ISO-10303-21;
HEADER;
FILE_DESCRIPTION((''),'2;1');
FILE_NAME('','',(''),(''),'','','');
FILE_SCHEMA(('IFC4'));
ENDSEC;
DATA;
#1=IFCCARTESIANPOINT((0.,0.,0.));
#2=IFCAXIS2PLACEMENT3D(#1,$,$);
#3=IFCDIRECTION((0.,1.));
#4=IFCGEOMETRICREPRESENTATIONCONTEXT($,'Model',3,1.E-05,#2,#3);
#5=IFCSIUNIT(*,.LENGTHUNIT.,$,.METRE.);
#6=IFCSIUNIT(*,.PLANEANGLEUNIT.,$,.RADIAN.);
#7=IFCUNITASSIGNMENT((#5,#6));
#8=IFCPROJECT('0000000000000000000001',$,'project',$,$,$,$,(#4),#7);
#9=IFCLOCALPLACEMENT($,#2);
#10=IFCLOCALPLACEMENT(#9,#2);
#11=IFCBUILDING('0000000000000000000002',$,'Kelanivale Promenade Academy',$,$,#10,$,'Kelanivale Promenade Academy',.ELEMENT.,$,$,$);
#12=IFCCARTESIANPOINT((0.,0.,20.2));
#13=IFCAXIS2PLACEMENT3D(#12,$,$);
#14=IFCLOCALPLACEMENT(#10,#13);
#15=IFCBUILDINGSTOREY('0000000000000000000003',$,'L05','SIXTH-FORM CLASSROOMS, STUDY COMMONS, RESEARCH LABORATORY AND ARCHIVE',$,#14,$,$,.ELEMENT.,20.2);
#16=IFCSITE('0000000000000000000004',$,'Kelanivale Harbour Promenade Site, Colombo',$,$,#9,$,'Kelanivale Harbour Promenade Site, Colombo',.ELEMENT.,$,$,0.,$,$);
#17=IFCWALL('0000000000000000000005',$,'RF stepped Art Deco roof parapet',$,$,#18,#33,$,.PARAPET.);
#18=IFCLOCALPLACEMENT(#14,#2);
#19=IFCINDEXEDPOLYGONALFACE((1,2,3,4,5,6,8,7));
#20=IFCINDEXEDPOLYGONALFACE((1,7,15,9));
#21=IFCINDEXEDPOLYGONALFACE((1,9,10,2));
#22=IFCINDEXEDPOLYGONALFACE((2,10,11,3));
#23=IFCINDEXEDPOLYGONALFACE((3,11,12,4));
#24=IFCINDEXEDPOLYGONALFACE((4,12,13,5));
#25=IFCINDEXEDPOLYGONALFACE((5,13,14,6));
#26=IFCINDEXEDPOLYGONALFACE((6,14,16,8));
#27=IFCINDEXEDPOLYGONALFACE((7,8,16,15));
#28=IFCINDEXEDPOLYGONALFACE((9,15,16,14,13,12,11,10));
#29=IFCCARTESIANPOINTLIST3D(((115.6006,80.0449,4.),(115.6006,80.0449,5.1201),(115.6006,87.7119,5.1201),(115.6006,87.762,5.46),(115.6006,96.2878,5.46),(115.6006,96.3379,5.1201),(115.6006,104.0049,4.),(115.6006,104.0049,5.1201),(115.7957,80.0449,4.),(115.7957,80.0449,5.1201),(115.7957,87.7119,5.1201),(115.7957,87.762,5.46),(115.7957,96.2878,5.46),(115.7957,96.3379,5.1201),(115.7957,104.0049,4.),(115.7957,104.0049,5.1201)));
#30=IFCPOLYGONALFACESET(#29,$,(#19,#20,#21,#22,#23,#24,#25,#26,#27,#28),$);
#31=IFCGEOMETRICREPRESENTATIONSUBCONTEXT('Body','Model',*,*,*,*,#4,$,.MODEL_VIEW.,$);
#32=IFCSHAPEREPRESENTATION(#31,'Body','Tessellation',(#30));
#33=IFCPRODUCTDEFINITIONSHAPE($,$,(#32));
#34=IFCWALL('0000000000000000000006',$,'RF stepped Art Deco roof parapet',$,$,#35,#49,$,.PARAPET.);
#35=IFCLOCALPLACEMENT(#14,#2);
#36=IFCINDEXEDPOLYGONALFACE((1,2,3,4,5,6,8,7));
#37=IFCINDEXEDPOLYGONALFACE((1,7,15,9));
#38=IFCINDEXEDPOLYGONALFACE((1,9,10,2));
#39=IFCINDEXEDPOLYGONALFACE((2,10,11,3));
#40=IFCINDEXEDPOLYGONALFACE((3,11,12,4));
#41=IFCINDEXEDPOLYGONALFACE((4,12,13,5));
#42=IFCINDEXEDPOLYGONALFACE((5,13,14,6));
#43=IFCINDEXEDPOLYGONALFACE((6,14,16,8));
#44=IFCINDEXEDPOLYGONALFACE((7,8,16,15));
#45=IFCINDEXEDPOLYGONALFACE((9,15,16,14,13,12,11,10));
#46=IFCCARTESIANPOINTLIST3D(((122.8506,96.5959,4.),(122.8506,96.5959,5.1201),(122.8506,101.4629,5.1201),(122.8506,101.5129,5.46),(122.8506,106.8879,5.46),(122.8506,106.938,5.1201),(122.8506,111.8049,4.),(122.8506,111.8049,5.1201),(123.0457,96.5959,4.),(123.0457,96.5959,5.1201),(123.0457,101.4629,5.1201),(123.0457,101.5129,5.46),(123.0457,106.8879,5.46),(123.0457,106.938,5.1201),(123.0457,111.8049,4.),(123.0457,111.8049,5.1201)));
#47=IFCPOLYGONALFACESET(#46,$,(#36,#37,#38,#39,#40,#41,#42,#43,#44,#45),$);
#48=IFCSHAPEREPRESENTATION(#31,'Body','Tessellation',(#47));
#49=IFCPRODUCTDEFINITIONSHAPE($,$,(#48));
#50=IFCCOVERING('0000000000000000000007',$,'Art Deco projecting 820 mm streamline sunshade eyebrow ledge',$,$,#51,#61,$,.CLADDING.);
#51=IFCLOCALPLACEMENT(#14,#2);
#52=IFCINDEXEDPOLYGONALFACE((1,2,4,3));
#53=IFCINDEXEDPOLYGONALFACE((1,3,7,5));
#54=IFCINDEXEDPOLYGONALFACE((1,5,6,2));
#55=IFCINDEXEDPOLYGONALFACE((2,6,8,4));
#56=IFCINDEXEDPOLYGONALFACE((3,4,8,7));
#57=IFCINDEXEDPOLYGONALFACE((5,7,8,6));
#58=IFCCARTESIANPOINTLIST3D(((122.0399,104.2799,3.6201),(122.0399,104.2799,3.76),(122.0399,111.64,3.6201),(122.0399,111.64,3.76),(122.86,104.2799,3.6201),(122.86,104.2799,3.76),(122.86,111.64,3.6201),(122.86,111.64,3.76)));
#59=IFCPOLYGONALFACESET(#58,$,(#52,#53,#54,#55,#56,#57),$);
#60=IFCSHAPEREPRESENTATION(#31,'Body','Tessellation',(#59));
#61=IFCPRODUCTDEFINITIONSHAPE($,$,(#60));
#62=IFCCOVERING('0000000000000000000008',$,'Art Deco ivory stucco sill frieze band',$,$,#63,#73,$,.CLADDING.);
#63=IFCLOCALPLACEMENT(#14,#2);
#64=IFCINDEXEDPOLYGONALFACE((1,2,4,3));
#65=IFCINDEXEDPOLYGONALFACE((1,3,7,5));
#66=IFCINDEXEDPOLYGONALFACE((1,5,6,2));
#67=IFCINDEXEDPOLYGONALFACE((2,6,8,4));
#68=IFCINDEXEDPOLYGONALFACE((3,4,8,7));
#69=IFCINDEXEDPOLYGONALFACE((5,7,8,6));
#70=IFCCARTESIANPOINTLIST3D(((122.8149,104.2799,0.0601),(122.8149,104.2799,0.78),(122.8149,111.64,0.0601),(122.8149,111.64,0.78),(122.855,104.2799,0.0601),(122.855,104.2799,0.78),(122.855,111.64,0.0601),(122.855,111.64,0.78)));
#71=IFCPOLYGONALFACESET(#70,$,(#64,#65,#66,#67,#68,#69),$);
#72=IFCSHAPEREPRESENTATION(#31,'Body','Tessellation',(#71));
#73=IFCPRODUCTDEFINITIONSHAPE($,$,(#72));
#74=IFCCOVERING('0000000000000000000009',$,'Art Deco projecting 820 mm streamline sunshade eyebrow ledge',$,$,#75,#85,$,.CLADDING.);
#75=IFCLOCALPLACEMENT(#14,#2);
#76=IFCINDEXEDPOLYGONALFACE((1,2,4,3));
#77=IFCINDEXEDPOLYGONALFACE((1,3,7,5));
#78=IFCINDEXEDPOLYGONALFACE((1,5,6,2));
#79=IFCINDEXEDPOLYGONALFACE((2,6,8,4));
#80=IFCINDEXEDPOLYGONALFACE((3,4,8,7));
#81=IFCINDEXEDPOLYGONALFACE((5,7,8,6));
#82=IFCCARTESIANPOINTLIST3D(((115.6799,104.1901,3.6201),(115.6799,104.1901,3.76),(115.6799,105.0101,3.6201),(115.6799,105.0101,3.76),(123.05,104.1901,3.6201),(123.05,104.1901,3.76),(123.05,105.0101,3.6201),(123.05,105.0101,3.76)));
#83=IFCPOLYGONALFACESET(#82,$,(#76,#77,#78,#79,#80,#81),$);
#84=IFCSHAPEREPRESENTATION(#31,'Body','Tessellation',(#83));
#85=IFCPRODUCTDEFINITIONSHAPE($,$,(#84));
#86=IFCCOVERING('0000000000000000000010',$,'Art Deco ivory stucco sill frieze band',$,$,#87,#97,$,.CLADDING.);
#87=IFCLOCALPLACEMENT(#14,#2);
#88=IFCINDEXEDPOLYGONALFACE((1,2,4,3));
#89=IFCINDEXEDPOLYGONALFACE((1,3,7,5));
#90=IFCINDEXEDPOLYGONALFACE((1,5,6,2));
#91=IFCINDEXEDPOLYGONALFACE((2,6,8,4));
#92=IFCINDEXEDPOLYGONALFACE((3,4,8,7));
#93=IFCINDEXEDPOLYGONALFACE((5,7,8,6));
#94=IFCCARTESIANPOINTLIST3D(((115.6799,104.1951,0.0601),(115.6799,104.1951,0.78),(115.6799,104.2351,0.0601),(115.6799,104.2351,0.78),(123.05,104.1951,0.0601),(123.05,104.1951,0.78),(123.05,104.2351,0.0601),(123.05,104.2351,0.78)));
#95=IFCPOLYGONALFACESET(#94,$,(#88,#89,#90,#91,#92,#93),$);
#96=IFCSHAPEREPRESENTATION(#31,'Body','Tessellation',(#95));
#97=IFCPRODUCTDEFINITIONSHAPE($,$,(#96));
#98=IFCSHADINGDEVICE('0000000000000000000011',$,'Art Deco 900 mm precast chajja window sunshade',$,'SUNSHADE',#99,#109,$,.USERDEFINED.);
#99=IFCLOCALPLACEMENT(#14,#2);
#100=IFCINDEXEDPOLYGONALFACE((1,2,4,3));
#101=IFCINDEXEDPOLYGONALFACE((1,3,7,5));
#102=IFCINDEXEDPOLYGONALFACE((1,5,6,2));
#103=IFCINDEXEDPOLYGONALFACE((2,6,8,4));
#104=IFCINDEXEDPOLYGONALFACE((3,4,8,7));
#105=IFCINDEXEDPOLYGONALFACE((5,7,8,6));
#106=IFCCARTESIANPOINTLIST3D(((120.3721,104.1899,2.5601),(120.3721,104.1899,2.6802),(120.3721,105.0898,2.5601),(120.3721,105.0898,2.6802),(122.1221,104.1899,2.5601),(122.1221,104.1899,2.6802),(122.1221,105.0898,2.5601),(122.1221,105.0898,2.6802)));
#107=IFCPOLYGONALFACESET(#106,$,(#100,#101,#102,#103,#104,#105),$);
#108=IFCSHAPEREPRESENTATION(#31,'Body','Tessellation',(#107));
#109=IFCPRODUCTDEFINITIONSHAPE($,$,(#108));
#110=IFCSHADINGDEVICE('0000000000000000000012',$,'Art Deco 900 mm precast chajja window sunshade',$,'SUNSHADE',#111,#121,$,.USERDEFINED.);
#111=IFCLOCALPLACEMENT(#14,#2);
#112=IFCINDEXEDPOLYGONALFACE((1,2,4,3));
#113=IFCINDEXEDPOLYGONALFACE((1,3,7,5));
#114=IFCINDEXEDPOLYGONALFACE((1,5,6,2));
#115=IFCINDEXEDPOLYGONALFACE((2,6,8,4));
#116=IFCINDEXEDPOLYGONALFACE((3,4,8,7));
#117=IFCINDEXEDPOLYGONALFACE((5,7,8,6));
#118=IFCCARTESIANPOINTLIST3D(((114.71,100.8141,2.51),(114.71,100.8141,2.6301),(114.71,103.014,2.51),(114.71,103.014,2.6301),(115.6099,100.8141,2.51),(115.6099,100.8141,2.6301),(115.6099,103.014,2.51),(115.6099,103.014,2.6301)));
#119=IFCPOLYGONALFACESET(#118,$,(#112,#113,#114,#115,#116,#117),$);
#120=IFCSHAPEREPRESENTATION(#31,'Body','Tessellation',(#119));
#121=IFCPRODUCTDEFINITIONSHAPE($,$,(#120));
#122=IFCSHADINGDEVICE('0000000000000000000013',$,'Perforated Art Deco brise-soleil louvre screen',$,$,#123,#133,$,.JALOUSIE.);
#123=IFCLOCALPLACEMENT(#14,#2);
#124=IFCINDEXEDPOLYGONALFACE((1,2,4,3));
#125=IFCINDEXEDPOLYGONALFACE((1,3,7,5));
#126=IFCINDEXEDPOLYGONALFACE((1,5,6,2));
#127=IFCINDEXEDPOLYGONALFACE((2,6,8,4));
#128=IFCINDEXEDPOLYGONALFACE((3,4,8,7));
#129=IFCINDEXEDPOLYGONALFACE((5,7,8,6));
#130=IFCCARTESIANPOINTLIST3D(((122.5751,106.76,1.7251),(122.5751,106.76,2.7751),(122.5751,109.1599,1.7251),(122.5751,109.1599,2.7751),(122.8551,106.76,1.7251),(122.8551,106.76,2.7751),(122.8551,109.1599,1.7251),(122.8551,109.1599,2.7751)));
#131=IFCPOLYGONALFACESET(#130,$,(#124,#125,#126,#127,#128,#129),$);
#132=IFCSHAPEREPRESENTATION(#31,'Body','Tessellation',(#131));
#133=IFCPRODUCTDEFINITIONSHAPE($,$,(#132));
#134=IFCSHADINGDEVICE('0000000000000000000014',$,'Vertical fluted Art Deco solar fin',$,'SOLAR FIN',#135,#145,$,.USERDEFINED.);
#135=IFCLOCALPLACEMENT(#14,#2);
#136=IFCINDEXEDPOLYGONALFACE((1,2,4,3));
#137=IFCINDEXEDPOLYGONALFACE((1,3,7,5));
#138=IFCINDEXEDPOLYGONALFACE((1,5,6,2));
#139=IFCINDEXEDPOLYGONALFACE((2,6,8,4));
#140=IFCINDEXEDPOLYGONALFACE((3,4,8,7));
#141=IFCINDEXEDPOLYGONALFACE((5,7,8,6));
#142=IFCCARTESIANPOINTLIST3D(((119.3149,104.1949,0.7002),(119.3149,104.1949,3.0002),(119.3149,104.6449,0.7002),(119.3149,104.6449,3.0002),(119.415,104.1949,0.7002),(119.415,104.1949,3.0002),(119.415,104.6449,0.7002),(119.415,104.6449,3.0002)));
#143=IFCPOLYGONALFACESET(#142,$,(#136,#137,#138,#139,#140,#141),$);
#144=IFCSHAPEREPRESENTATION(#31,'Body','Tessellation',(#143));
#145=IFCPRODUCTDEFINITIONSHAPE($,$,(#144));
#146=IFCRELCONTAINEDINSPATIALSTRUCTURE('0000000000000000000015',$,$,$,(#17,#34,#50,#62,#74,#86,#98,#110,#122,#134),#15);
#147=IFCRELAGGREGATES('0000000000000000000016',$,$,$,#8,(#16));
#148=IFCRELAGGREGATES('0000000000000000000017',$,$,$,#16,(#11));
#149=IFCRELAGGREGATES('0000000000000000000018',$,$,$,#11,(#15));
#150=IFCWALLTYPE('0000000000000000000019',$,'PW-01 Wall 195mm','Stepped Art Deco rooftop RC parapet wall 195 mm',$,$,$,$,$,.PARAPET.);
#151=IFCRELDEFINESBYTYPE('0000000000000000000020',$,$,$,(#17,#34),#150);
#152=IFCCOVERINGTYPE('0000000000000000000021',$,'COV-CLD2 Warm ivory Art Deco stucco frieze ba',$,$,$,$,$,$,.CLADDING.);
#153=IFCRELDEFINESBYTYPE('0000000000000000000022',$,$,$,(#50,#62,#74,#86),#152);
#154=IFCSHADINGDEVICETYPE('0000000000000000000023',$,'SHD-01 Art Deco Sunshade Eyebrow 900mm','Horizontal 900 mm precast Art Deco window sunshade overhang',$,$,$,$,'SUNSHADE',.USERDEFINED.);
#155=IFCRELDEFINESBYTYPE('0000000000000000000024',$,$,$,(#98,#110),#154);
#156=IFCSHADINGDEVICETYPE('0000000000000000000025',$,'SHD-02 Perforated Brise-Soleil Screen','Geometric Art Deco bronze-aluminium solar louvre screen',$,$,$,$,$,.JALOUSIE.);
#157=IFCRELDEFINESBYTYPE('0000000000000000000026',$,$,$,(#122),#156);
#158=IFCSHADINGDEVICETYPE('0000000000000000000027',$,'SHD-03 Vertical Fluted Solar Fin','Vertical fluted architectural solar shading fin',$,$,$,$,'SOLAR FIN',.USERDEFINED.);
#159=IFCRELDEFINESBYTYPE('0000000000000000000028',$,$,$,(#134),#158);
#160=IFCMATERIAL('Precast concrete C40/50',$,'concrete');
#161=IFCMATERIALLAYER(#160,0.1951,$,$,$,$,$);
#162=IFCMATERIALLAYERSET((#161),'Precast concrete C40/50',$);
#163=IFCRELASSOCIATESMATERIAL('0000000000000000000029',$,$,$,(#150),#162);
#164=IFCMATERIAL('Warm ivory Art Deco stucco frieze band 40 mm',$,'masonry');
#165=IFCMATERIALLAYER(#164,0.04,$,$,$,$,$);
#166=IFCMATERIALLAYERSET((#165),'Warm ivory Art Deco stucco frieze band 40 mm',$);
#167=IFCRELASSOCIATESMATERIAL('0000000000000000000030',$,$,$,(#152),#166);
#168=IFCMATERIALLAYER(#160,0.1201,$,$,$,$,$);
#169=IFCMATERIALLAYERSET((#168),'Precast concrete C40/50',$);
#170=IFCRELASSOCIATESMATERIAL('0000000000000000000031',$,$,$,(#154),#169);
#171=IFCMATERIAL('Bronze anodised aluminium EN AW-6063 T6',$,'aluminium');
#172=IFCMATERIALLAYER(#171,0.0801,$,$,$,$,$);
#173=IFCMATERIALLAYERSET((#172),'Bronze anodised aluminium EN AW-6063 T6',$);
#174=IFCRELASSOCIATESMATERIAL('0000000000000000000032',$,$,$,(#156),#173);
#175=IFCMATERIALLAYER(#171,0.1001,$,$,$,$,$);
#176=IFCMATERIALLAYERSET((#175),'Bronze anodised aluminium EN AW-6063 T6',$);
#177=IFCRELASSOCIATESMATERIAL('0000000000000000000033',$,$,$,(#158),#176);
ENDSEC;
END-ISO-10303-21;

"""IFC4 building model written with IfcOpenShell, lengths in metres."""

from ifc_helpers import new_model, si_unit, direction, frame, origin, origin_2d, place, context, subcontext, project, spatial, polyline, rectangle, outline, extrude, material, layer, layer_set, type_object, element, save


model = new_model("IFC4")

# Units and contexts
model_context = context("Model", 3, precision=1e-05, world=origin(), true_north=direction((0.0, 1.0)))
body_context = subcontext(model_context, "Body", "Model", "MODEL_VIEW")
ifc_project = project(units=[si_unit("LENGTHUNIT", "METRE"), si_unit("PLANEANGLEUNIT", "RADIAN")], contexts=[model_context])

# Site, building, storey
site_placement = place(None, origin())
site = spatial("IfcSite", under=ifc_project, at=site_placement, Name="Kelanivale Harbour Promenade Site, Colombo", LongName="Kelanivale Harbour Promenade Site, Colombo", CompositionType="ELEMENT", RefElevation=0.0)
building_placement = place(site_placement, origin())
building = spatial("IfcBuilding", under=site, at=building_placement, Name="Kelanivale Promenade Academy", LongName="Kelanivale Promenade Academy", CompositionType="ELEMENT")
storey_placement = place(building_placement, frame((0.0, 0.0, 20.2)))
storey = spatial("IfcBuildingStorey", under=building, at=storey_placement, Name="L05", Description="SIXTH-FORM CLASSROOMS, STUDY COMMONS, RESEARCH LABORATORY AND ARCHIVE", CompositionType="ELEMENT", Elevation=20.2)

# Walls
ifc_material_1 = material(Name="Precast concrete C40/50", Category="concrete")
ifc_layer_1 = layer(ifc_material_1, 0.1951)
ifc_layer_set_1 = layer_set([ifc_layer_1], Name="Precast concrete C40/50")
wall_type_1 = type_object("IfcWallType", Name="PW-01 Wall 195mm", Description="Stepped Art Deco rooftop RC parapet wall 195 mm", PredefinedType="PARAPET", material=ifc_layer_set_1)
wall_1_placement = place(storey_placement, frame((115.698, 104.0049, 4.0), z_axis=(0.0, 0.0, 1.0), x_axis=(0.0, -1.0, 0.0)))
element("IfcWall", 1, at=wall_1_placement, inside=storey, type_object=wall_type_1, Name="RF stepped Art Deco roof parapet", PredefinedType="PARAPET", context=body_context, shape_type="SweptSolid", body=[
    extrude(outline(polyline([(0.0, 0.0), (23.96, 0.0), (23.96, 1.1201), (16.293, 1.1201), (16.2429, 1.46), (7.717, 1.46), (7.667, 1.1201), (0.0, 1.1201), (0.0, 0.0)])), frame((0.0, 0.0977, 0.0), z_axis=(0.0, -1.0, 0.0), x_axis=(1.0, 0.0, 0.0)), (0.0, 0.0, 1.0), 0.1951),
])
wall_2_placement = place(storey_placement, frame((122.948, 111.8049, 4.0), z_axis=(0.0, 0.0, 1.0), x_axis=(0.0, -1.0, 0.0)))
element("IfcWall", 2, at=wall_2_placement, inside=storey, type_object=wall_type_1, Name="RF stepped Art Deco roof parapet", PredefinedType="PARAPET", context=body_context, shape_type="SweptSolid", body=[
    extrude(outline(polyline([(0.0, 0.0), (15.209, 0.0), (15.209, 1.1201), (10.342, 1.1201), (10.292, 1.46), (4.917, 1.46), (4.8669, 1.1201), (0.0, 1.1201), (0.0, 0.0)])), frame((0.0, 0.0977, 0.0), z_axis=(0.0, -1.0, 0.0), x_axis=(1.0, 0.0, 0.0)), (0.0, 0.0, 1.0), 0.1951),
])

# Coverings
ifc_material_2 = material(Name="Warm ivory Art Deco stucco frieze band 40 mm", Category="masonry")
ifc_layer_2 = layer(ifc_material_2, 0.04)
ifc_layer_set_2 = layer_set([ifc_layer_2], Name="Warm ivory Art Deco stucco frieze band 40 mm")
covering_type = type_object("IfcCoveringType", Name="COV-CLD2 Warm ivory Art Deco stucco frieze ba", PredefinedType="CLADDING", material=ifc_layer_set_2)
covering_1_placement = place(storey_placement, frame((122.45, 107.96, 3.6201), z_axis=(0.0, 0.0, 1.0), x_axis=(0.0, -1.0, 0.0)))
element("IfcCovering", 3, at=covering_1_placement, inside=storey, type_object=covering_type, Name="Art Deco projecting 820 mm streamline sunshade eyebrow ledge", PredefinedType="CLADDING", context=body_context, shape_type="SweptSolid", body=[
    extrude(rectangle(XDim=7.3601, YDim=0.8201, at=origin_2d()), origin(), (0.0, 0.0, 1.0), 0.1399),
])
covering_2_placement = place(storey_placement, frame((122.835, 107.96, 0.0601), z_axis=(0.0, 0.0, 1.0), x_axis=(0.0, -1.0, 0.0)))
element("IfcCovering", 4, at=covering_2_placement, inside=storey, type_object=covering_type, Name="Art Deco ivory stucco sill frieze band", PredefinedType="CLADDING", context=body_context, shape_type="SweptSolid", body=[
    extrude(rectangle(XDim=7.3601, YDim=0.04, at=origin_2d()), origin(), (0.0, 0.0, 1.0), 0.72),
])
covering_3_placement = place(storey_placement, frame((119.365, 104.6001, 3.6201), z_axis=(0.0, 0.0, 1.0), x_axis=(-1.0, 0.0, 0.0)))
element("IfcCovering", 5, at=covering_3_placement, inside=storey, type_object=covering_type, Name="Art Deco projecting 820 mm streamline sunshade eyebrow ledge", PredefinedType="CLADDING", context=body_context, shape_type="SweptSolid", body=[
    extrude(rectangle(XDim=7.3701, YDim=0.8201, at=origin_2d()), origin(), (0.0, 0.0, 1.0), 0.1399),
])
covering_4_placement = place(storey_placement, frame((119.365, 104.2151, 0.0601), z_axis=(0.0, 0.0, 1.0), x_axis=(-1.0, 0.0, 0.0)))
element("IfcCovering", 6, at=covering_4_placement, inside=storey, type_object=covering_type, Name="Art Deco ivory stucco sill frieze band", PredefinedType="CLADDING", context=body_context, shape_type="SweptSolid", body=[
    extrude(rectangle(XDim=7.3701, YDim=0.04, at=origin_2d()), origin(), (0.0, 0.0, 1.0), 0.72),
])

# Shading devices
ifc_layer_3 = layer(ifc_material_1, 0.1201)
ifc_layer_set_3 = layer_set([ifc_layer_3], Name="Precast concrete C40/50")
shading_device_type_1 = type_object("IfcShadingDeviceType", Name="SHD-01 Art Deco Sunshade Eyebrow 900mm", Description="Horizontal 900 mm precast Art Deco window sunshade overhang", ElementType="SUNSHADE", PredefinedType="USERDEFINED", material=ifc_layer_set_3)
shading_device_1_placement = place(storey_placement, frame((121.2471, 104.6399, 2.5601), z_axis=(0.0, 0.0, 1.0), x_axis=(-1.0, 0.0, 0.0)))
element("IfcShadingDevice", 7, at=shading_device_1_placement, inside=storey, type_object=shading_device_type_1, Name="Art Deco 900 mm precast chajja window sunshade", ObjectType="SUNSHADE", PredefinedType="USERDEFINED", context=body_context, shape_type="SweptSolid", body=[
    extrude(rectangle(XDim=1.75, YDim=0.8999, at=origin_2d()), origin(), (0.0, 0.0, 1.0), 0.1201),
])
shading_device_2_placement = place(storey_placement, frame((115.1599, 101.9141, 2.51), z_axis=(0.0, 0.0, 1.0), x_axis=(0.0, -1.0, 0.0)))
element("IfcShadingDevice", 8, at=shading_device_2_placement, inside=storey, type_object=shading_device_type_1, Name="Art Deco 900 mm precast chajja window sunshade", ObjectType="SUNSHADE", PredefinedType="USERDEFINED", context=body_context, shape_type="SweptSolid", body=[
    extrude(rectangle(XDim=2.2, YDim=0.8999, at=origin_2d()), origin(), (0.0, 0.0, 1.0), 0.1201),
])
ifc_material_3 = material(Name="Bronze anodised aluminium EN AW-6063 T6", Category="aluminium")
ifc_layer_4 = layer(ifc_material_3, 0.0801)
ifc_layer_set_4 = layer_set([ifc_layer_4], Name="Bronze anodised aluminium EN AW-6063 T6")
shading_device_type_2 = type_object("IfcShadingDeviceType", Name="SHD-02 Perforated Brise-Soleil Screen", Description="Geometric Art Deco bronze-aluminium solar louvre screen", PredefinedType="JALOUSIE", material=ifc_layer_set_4)
shading_device_3_placement = place(storey_placement, frame((122.7151, 107.96, 1.7251), z_axis=(0.0, 0.0, 1.0), x_axis=(0.0, -1.0, 0.0)))
element("IfcShadingDevice", 9, at=shading_device_3_placement, inside=storey, type_object=shading_device_type_2, Name="Perforated Art Deco brise-soleil louvre screen", PredefinedType="JALOUSIE", context=body_context, shape_type="SweptSolid", body=[
    extrude(rectangle(XDim=2.3999, YDim=0.28, at=origin_2d()), origin(), (0.0, 0.0, 1.0), 1.05),
])
ifc_layer_5 = layer(ifc_material_3, 0.1001)
ifc_layer_set_5 = layer_set([ifc_layer_5], Name="Bronze anodised aluminium EN AW-6063 T6")
shading_device_type_3 = type_object("IfcShadingDeviceType", Name="SHD-03 Vertical Fluted Solar Fin", Description="Vertical fluted architectural solar shading fin", ElementType="SOLAR FIN", PredefinedType="USERDEFINED", material=ifc_layer_set_5)
shading_device_4_placement = place(storey_placement, frame((119.365, 104.4199, 0.7002), z_axis=(0.0, 0.0, 1.0), x_axis=(-1.0, 0.0, 0.0)))
element("IfcShadingDevice", 10, at=shading_device_4_placement, inside=storey, type_object=shading_device_type_3, Name="Vertical fluted Art Deco solar fin", ObjectType="SOLAR FIN", PredefinedType="USERDEFINED", context=body_context, shape_type="SweptSolid", body=[
    extrude(rectangle(XDim=0.1001, YDim=0.45, at=origin_2d()), origin(), (0.0, 0.0, 1.0), 2.3),
])

save(model, "model.ifc")
